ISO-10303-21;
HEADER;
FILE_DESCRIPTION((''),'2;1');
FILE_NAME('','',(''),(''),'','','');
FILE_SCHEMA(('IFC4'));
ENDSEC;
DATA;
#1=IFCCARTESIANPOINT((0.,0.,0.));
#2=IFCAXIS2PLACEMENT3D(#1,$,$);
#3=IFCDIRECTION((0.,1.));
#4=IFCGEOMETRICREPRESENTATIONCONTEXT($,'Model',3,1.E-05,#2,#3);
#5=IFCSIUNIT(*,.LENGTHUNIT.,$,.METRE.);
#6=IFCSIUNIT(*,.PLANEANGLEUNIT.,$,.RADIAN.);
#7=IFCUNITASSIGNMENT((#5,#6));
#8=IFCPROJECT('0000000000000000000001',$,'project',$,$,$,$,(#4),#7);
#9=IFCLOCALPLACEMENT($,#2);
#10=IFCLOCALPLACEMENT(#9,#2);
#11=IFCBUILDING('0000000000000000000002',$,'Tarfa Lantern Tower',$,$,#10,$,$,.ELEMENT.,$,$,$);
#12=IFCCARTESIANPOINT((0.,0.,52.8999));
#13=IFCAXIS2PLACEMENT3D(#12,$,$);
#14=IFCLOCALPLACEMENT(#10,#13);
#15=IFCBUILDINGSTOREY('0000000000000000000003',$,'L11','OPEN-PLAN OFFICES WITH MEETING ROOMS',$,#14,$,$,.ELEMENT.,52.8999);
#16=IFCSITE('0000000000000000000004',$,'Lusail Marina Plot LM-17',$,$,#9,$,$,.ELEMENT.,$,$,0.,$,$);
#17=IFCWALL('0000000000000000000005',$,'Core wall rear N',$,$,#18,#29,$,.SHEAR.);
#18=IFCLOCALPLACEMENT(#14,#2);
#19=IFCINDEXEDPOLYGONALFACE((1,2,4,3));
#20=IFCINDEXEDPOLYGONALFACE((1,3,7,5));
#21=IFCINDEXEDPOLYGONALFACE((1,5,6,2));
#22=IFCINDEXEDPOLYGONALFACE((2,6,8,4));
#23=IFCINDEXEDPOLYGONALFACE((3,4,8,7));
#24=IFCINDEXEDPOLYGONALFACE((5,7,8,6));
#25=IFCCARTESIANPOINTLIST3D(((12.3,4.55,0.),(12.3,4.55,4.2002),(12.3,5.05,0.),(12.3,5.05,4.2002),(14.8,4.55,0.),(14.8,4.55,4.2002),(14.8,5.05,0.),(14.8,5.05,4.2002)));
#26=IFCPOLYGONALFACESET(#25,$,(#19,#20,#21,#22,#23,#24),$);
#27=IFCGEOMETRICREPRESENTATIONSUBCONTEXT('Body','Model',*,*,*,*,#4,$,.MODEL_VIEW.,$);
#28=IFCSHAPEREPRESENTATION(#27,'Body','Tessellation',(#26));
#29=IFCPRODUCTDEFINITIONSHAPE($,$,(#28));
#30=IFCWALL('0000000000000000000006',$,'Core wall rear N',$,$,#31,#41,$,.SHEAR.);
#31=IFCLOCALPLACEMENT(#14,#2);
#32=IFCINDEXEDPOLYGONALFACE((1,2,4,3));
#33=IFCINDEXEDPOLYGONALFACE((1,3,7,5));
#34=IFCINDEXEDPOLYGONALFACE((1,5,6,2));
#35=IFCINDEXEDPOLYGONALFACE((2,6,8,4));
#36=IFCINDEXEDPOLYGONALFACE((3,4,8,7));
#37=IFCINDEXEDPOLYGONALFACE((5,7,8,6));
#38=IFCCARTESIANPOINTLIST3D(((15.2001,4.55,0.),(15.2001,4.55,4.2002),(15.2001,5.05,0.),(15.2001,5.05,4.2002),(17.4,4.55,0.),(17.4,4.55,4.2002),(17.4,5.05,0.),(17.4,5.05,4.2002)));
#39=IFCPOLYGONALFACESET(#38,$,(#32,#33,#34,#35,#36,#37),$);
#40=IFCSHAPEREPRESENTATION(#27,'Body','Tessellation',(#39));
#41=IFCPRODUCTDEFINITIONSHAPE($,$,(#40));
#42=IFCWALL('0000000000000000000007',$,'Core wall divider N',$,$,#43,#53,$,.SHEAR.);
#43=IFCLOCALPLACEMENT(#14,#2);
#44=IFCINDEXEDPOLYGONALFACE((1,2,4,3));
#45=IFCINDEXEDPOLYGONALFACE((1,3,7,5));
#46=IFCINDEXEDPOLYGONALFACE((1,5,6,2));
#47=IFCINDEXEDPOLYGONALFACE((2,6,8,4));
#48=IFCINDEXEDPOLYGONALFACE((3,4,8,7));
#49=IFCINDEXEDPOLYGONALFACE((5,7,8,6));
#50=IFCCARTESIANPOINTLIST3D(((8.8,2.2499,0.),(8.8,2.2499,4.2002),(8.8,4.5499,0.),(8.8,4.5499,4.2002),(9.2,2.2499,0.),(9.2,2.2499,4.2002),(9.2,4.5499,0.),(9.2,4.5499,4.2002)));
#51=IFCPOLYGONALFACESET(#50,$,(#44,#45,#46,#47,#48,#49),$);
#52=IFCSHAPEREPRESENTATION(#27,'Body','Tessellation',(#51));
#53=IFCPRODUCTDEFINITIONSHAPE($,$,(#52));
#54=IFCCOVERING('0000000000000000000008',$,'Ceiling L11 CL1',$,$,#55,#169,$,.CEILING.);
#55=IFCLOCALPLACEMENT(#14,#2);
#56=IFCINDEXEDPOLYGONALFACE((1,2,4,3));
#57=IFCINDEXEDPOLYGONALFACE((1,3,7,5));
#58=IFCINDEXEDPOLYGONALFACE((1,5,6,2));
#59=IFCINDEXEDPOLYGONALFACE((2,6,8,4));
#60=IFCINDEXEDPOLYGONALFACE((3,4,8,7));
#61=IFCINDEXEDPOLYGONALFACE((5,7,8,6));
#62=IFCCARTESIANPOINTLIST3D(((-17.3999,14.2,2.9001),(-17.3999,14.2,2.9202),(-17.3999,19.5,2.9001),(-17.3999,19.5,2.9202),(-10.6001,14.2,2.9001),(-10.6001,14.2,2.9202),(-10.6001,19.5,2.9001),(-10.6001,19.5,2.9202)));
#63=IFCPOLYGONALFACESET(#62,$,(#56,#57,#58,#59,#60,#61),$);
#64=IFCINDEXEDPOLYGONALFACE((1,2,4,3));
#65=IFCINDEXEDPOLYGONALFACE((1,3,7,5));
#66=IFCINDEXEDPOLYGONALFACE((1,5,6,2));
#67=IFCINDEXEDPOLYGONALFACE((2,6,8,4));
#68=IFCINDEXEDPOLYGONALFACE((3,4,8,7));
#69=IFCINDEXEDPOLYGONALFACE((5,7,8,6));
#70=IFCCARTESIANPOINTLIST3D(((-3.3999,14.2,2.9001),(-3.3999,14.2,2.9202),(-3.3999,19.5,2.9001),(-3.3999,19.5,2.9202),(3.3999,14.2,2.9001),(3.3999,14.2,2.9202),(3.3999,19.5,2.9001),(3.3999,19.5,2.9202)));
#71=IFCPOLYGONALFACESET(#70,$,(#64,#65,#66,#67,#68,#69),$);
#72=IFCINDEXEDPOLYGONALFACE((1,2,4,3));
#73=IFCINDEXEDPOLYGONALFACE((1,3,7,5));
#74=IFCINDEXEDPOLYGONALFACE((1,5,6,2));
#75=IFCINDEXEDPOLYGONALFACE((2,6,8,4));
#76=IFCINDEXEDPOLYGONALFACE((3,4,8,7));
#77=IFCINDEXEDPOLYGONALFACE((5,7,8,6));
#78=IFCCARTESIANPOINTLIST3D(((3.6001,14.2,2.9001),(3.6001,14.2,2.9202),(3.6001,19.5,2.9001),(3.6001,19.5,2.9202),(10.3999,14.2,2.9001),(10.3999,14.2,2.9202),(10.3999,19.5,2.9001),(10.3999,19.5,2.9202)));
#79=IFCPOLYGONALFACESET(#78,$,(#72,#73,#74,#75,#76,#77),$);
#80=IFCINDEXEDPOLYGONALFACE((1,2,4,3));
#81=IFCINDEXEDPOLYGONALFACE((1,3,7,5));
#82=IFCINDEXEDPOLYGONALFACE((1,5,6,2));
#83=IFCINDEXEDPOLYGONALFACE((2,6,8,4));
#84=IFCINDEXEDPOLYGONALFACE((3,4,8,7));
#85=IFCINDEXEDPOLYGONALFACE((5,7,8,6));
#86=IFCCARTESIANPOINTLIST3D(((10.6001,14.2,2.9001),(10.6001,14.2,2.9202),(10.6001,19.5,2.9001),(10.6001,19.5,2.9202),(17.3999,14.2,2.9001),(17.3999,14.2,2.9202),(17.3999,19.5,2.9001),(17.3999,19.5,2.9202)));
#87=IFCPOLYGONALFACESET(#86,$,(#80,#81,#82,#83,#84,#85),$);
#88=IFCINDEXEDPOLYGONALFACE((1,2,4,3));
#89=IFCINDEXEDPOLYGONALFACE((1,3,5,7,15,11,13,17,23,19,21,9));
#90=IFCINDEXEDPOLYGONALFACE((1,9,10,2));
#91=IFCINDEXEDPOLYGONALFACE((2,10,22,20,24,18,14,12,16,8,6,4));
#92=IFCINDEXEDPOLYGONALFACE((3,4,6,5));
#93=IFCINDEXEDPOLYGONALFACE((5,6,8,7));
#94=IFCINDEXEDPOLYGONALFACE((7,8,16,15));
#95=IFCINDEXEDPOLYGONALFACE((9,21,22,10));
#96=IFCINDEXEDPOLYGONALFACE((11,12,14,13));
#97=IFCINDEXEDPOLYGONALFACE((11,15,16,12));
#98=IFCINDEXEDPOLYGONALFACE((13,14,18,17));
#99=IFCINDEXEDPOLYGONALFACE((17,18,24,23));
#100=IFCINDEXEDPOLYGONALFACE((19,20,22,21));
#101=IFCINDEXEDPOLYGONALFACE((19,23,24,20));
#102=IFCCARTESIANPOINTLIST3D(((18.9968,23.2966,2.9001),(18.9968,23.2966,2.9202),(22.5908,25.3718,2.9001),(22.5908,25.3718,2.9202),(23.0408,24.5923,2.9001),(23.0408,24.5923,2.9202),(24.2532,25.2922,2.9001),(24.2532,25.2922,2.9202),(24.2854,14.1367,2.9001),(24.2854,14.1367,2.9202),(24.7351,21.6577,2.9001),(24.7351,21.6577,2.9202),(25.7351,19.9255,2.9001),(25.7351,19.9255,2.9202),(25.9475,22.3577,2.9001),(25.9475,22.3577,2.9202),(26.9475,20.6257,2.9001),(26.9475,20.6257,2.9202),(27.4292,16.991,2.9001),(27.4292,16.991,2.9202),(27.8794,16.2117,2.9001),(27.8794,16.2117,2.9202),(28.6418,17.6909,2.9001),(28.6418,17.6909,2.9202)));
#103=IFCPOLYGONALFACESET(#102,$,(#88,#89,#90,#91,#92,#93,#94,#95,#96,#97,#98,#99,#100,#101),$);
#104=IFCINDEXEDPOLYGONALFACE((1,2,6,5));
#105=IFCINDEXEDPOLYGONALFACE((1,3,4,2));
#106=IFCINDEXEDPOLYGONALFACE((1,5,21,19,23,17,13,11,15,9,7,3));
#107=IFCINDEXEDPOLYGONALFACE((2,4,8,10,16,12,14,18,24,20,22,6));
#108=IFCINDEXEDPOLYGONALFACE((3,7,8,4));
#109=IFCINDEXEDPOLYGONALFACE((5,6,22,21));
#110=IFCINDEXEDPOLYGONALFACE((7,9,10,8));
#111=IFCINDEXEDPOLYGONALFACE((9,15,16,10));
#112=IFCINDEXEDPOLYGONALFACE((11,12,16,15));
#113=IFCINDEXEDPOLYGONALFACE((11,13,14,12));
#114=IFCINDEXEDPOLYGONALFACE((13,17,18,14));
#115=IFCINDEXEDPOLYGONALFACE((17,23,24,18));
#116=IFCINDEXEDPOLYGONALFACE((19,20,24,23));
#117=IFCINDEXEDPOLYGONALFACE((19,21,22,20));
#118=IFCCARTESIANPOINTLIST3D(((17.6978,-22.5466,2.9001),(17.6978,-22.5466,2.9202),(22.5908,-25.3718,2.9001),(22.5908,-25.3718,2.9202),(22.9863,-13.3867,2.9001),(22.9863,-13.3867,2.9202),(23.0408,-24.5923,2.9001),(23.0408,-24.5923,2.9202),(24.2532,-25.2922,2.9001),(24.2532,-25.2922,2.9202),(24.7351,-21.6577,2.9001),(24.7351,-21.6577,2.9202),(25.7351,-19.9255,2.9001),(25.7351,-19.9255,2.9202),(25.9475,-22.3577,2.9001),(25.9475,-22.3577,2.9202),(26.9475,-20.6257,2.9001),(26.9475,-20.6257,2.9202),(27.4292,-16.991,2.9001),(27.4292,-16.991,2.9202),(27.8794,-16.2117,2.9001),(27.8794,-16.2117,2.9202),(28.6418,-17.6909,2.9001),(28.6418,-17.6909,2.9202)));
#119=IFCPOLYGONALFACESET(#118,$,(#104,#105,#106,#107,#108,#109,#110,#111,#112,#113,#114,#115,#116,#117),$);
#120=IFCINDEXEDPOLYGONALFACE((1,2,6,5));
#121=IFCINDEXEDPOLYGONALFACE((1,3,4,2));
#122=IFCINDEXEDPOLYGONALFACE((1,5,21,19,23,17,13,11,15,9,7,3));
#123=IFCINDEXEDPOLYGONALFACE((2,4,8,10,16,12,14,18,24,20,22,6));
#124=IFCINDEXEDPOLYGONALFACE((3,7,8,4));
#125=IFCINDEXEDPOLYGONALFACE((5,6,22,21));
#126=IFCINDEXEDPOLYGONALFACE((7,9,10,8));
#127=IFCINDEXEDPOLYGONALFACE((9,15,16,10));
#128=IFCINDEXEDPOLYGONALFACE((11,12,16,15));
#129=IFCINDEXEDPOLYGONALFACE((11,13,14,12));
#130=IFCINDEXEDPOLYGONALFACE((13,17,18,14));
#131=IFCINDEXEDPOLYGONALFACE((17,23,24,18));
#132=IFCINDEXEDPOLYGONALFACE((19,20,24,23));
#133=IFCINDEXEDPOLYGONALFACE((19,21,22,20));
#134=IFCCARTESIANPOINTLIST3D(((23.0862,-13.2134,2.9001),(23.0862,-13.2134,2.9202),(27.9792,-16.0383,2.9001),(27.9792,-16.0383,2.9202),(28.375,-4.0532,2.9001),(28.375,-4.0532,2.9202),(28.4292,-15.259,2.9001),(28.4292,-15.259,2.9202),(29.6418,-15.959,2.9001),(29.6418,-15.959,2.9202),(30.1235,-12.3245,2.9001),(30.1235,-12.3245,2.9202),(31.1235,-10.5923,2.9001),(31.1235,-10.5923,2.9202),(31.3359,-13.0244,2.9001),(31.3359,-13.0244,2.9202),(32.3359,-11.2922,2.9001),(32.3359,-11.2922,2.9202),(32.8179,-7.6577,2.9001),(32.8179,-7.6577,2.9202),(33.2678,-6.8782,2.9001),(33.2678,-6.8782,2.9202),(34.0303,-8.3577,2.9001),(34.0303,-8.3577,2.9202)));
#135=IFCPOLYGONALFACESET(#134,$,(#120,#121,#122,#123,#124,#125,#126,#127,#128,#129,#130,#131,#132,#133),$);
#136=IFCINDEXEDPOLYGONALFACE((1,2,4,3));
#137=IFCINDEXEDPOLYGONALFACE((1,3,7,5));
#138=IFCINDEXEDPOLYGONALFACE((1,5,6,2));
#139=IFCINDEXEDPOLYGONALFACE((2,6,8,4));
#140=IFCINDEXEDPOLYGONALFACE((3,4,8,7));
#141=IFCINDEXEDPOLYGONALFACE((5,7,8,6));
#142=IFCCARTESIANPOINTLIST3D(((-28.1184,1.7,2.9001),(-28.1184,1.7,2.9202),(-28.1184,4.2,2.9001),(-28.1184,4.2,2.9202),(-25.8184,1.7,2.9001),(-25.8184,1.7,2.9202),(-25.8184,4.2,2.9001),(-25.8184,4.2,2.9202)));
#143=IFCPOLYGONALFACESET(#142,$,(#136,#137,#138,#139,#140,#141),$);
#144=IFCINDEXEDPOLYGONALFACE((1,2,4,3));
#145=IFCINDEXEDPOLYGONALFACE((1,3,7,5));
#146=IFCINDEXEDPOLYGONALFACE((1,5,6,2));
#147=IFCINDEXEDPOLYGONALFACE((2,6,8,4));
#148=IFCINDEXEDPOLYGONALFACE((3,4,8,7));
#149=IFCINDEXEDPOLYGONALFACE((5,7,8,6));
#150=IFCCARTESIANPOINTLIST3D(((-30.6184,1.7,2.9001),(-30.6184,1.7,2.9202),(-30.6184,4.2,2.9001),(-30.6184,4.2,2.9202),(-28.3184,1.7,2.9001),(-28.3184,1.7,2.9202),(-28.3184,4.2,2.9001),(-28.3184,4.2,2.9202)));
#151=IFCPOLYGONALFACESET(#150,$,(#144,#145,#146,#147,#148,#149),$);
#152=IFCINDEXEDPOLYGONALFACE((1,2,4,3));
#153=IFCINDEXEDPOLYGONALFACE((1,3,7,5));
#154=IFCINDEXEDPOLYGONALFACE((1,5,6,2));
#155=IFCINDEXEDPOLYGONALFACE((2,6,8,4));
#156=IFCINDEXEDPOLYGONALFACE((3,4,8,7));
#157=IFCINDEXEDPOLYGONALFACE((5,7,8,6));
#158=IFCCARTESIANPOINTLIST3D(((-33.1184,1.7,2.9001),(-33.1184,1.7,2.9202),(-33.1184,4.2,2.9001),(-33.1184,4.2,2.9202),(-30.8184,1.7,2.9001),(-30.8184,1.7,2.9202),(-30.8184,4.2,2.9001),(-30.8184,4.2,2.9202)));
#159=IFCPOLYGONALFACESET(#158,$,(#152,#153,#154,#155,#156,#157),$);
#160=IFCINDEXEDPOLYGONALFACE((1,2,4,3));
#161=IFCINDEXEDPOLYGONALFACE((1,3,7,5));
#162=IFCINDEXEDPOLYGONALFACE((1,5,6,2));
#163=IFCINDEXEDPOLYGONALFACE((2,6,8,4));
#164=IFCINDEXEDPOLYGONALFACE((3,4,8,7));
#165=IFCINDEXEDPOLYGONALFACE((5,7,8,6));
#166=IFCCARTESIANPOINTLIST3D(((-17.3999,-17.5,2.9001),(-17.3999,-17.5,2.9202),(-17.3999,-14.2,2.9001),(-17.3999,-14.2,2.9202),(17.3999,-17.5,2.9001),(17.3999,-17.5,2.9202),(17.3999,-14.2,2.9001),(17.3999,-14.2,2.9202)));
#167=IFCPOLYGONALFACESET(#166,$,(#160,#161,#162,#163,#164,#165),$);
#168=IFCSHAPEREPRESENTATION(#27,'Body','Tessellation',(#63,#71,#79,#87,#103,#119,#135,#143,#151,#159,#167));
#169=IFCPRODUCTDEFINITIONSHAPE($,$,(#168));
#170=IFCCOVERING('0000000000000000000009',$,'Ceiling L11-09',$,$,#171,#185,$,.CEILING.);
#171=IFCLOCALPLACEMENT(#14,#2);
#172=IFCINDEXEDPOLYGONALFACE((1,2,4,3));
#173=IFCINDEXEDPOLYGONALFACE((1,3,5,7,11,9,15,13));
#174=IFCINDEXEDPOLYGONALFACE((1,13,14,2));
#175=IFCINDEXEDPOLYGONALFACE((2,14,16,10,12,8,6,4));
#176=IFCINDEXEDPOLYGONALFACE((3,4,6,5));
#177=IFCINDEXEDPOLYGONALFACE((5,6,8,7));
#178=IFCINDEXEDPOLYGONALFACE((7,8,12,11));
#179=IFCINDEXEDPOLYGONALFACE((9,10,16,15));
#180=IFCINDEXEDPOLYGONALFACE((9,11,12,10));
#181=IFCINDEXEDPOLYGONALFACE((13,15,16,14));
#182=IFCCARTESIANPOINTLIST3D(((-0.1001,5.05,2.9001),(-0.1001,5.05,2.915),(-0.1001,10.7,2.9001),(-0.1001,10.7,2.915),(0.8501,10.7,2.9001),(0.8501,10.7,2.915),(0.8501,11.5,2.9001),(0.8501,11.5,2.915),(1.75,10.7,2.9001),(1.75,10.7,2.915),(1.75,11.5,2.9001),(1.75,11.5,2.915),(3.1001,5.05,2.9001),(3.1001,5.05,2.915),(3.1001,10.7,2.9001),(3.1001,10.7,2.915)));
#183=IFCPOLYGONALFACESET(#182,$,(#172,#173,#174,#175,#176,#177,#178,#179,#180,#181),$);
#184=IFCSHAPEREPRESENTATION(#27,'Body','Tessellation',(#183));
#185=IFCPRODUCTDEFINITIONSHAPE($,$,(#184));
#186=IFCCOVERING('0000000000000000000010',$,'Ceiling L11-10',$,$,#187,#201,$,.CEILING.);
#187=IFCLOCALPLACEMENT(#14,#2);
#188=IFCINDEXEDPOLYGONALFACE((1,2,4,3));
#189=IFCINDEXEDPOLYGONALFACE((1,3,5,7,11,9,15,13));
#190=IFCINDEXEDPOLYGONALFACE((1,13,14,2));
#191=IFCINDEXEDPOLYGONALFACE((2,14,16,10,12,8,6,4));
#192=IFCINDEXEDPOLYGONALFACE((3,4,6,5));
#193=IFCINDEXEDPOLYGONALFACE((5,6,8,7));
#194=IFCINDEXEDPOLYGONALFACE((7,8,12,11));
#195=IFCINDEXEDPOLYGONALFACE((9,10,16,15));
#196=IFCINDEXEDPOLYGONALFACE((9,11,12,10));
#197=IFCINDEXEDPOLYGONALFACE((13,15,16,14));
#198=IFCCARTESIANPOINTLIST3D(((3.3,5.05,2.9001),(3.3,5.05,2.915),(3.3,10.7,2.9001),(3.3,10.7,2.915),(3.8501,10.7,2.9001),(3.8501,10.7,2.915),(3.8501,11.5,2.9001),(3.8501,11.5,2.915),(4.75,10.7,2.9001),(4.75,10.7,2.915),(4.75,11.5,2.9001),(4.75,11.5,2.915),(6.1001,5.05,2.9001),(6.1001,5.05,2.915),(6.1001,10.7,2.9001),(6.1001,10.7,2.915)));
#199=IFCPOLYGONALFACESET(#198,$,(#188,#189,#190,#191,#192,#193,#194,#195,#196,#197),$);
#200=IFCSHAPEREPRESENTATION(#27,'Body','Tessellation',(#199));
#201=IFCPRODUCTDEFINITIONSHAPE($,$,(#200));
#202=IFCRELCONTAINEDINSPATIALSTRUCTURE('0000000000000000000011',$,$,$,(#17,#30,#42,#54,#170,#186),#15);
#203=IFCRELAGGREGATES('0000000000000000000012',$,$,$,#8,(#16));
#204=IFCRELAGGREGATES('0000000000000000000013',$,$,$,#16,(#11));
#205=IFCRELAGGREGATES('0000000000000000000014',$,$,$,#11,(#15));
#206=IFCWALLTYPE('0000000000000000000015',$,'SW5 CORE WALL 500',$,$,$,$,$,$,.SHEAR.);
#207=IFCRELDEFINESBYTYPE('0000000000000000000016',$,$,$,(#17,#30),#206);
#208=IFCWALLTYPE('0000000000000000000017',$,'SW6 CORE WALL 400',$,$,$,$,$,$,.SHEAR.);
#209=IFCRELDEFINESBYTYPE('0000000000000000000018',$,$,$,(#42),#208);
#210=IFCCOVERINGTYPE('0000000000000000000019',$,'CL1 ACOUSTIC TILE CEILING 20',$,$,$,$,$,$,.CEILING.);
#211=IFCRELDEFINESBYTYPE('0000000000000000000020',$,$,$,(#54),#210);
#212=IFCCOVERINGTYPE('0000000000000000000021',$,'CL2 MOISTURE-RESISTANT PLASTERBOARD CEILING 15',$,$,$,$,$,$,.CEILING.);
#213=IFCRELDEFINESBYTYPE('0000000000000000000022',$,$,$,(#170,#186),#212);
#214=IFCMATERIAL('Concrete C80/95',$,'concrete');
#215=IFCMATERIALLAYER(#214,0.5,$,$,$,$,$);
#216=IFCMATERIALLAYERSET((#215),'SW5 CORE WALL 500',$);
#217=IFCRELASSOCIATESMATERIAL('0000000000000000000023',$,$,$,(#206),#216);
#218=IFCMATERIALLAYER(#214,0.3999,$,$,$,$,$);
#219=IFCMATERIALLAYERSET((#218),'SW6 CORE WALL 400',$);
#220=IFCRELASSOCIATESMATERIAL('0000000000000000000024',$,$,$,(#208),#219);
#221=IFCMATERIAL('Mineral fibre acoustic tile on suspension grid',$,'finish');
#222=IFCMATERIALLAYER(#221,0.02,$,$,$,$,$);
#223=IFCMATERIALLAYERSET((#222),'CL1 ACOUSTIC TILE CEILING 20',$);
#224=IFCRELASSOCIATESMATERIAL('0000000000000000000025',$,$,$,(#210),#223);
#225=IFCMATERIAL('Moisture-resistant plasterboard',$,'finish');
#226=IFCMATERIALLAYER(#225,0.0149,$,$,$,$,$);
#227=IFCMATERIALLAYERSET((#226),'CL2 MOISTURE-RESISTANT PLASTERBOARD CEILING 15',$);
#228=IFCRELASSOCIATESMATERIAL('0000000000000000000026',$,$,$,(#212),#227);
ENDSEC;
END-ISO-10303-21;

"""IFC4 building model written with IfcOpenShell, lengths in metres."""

from ifc_helpers import new_model, si_unit, direction, frame, frame_2d, origin, place, context, subcontext, project, spatial, polyline, rectangle, outline, extrude, material, layer, layer_set, type_object, element, save


model = new_model("IFC4")

# Units and contexts
model_context = context("Model", 3, precision=1e-05, world=origin(), true_north=direction((0.0, 1.0)))
body_context = subcontext(model_context, "Body", "Model", "MODEL_VIEW")
ifc_project = project(units=[si_unit("LENGTHUNIT", "METRE"), si_unit("PLANEANGLEUNIT", "RADIAN")], contexts=[model_context])

# Site, building, storey
site_placement = place(None, origin())
site = spatial("IfcSite", under=ifc_project, at=site_placement, Name="Lusail Marina Plot LM-17", CompositionType="ELEMENT", RefElevation=0.0)
building_placement = place(site_placement, origin())
building = spatial("IfcBuilding", under=site, at=building_placement, Name="Tarfa Lantern Tower", CompositionType="ELEMENT")
storey_placement = place(building_placement, frame((0.0, 0.0, 52.8999)))
storey = spatial("IfcBuildingStorey", under=building, at=storey_placement, Name="L11", Description="OPEN-PLAN OFFICES WITH MEETING ROOMS", CompositionType="ELEMENT", Elevation=52.8999)

# Walls
ifc_material_1 = material(Name="Concrete C80/95", Category="concrete")
ifc_layer_1 = layer(ifc_material_1, 0.5)
ifc_layer_set_1 = layer_set([ifc_layer_1], Name="SW5 CORE WALL 500")
wall_type_1 = type_object("IfcWallType", Name="SW5 CORE WALL 500", PredefinedType="SHEAR", material=ifc_layer_set_1)
wall_1_placement = place(storey_placement, frame((12.3, 4.8, 0.0), z_axis=(0.0, 0.0, 1.0), x_axis=(1.0, 0.0, 0.0)))
element("IfcWall", 1, at=wall_1_placement, inside=storey, type_object=wall_type_1, Name="Core wall rear N", PredefinedType="SHEAR", context=body_context, shape_type="SweptSolid", body=[
    extrude(rectangle(XDim=2.5, YDim=0.5, at=frame_2d((1.25, 0.0))), origin(), (0.0, 0.0, 1.0), 4.2002),
])
wall_2_placement = place(storey_placement, frame((15.2, 4.8, 0.0), z_axis=(0.0, 0.0, 1.0), x_axis=(1.0, 0.0, 0.0)))
element("IfcWall", 2, at=wall_2_placement, inside=storey, type_object=wall_type_1, Name="Core wall rear N", PredefinedType="SHEAR", context=body_context, shape_type="SweptSolid", body=[
    extrude(rectangle(XDim=2.2, YDim=0.5, at=frame_2d((1.1001, 0.0))), origin(), (0.0, 0.0, 1.0), 4.2002),
])
ifc_layer_2 = layer(ifc_material_1, 0.3999)
ifc_layer_set_2 = layer_set([ifc_layer_2], Name="SW6 CORE WALL 400")
wall_type_2 = type_object("IfcWallType", Name="SW6 CORE WALL 400", PredefinedType="SHEAR", material=ifc_layer_set_2)
wall_3_placement = place(storey_placement, frame((9.0, 2.25, 0.0), z_axis=(0.0, 0.0, 1.0), x_axis=(0.0, 1.0, 0.0)))
element("IfcWall", 3, at=wall_3_placement, inside=storey, type_object=wall_type_2, Name="Core wall divider N", PredefinedType="SHEAR", context=body_context, shape_type="SweptSolid", body=[
    extrude(rectangle(XDim=2.3, YDim=0.3999, at=frame_2d((1.1499, 0.0))), origin(), (0.0, 0.0, 1.0), 4.2002),
])

# Coverings
ifc_material_2 = material(Name="Mineral fibre acoustic tile on suspension grid", Category="finish")
ifc_layer_3 = layer(ifc_material_2, 0.02)
ifc_layer_set_3 = layer_set([ifc_layer_3], Name="CL1 ACOUSTIC TILE CEILING 20")
covering_type_1 = type_object("IfcCoveringType", Name="CL1 ACOUSTIC TILE CEILING 20", PredefinedType="CEILING", material=ifc_layer_set_3)
covering_1_placement = place(storey_placement, frame((0.0, 0.0, 2.9001)))
element("IfcCovering", 4, at=covering_1_placement, inside=storey, type_object=covering_type_1, Name="Ceiling L11 CL1", PredefinedType="CEILING", context=body_context, shape_type="SweptSolid", body=[
    extrude(outline(polyline([(-17.3999, 19.5), (-10.6001, 19.5), (-10.6001, 14.2), (-17.3999, 14.2), (-17.3999, 19.5)])), origin(), (0.0, 0.0, 1.0), 0.02),
    extrude(outline(polyline([(-3.3999, 19.5), (3.3999, 19.5), (3.3999, 14.2), (-3.3999, 14.2), (-3.3999, 19.5)])), origin(), (0.0, 0.0, 1.0), 0.02),
    extrude(outline(polyline([(3.6001, 19.5), (10.3999, 19.5), (10.3999, 14.2), (3.6001, 14.2), (3.6001, 19.5)])), origin(), (0.0, 0.0, 1.0), 0.02),
    extrude(outline(polyline([(10.6001, 19.5), (17.3999, 19.5), (17.3999, 14.2), (10.6001, 14.2), (10.6001, 19.5)])), origin(), (0.0, 0.0, 1.0), 0.02),
    extrude(outline(polyline([(18.9968, 23.2966), (22.5908, 25.3718), (23.0408, 24.5923), (24.2532, 25.2922), (25.9475, 22.3577), (24.7351, 21.6577), (25.7351, 19.9255), (26.9475, 20.6257), (28.6418, 17.6909), (27.4292, 16.991), (27.8794, 16.2117), (24.2854, 14.1367), (18.9968, 23.2966)])), origin(), (0.0, 0.0, 1.0), 0.02),
    extrude(outline(polyline([(22.9863, -13.3867), (27.8794, -16.2117), (27.4292, -16.991), (28.6418, -17.6909), (26.9475, -20.6257), (25.7351, -19.9255), (24.7351, -21.6577), (25.9475, -22.3577), (24.2532, -25.2922), (23.0408, -24.5923), (22.5908, -25.3718), (17.6978, -22.5466), (22.9863, -13.3867)])), origin(), (0.0, 0.0, 1.0), 0.02),
    extrude(outline(polyline([(28.375, -4.0532), (33.2678, -6.8782), (32.8179, -7.6577), (34.0303, -8.3577), (32.3359, -11.2922), (31.1235, -10.5923), (30.1235, -12.3245), (31.3359, -13.0244), (29.6418, -15.959), (28.4292, -15.259), (27.9792, -16.0383), (23.0862, -13.2134), (28.375, -4.0532)])), origin(), (0.0, 0.0, 1.0), 0.02),
    extrude(outline(polyline([(-28.1184, 4.2), (-25.8184, 4.2), (-25.8184, 1.7), (-28.1184, 1.7), (-28.1184, 4.2)])), origin(), (0.0, 0.0, 1.0), 0.02),
    extrude(outline(polyline([(-30.6184, 4.2), (-28.3184, 4.2), (-28.3184, 1.7), (-30.6184, 1.7), (-30.6184, 4.2)])), origin(), (0.0, 0.0, 1.0), 0.02),
    extrude(outline(polyline([(-33.1184, 4.2), (-30.8184, 4.2), (-30.8184, 1.7), (-33.1184, 1.7), (-33.1184, 4.2)])), origin(), (0.0, 0.0, 1.0), 0.02),
    extrude(outline(polyline([(-17.3999, -14.2), (17.3999, -14.2), (17.3999, -17.5), (-17.3999, -17.5), (-17.3999, -14.2)])), origin(), (0.0, 0.0, 1.0), 0.02),
])
ifc_material_3 = material(Name="Moisture-resistant plasterboard", Category="finish")
ifc_layer_4 = layer(ifc_material_3, 0.0149)
ifc_layer_set_4 = layer_set([ifc_layer_4], Name="CL2 MOISTURE-RESISTANT PLASTERBOARD CEILING 15")
covering_type_2 = type_object("IfcCoveringType", Name="CL2 MOISTURE-RESISTANT PLASTERBOARD CEILING 15", PredefinedType="CEILING", material=ifc_layer_set_4)
covering_2_placement = place(storey_placement, frame((0.0, 0.0, 2.9001)))
element("IfcCovering", 5, at=covering_2_placement, inside=storey, type_object=covering_type_2, Name="Ceiling L11-09", PredefinedType="CEILING", context=body_context, shape_type="SweptSolid", body=[
    extrude(outline(polyline([(0.8501, 10.7), (-0.1001, 10.7), (-0.1001, 5.05), (3.1001, 5.05), (3.1001, 10.7), (1.75, 10.7), (1.75, 11.5), (0.8501, 11.5), (0.8501, 10.7)])), origin(), (0.0, 0.0, 1.0), 0.0149),
])
covering_3_placement = place(storey_placement, frame((0.0, 0.0, 2.9001)))
element("IfcCovering", 6, at=covering_3_placement, inside=storey, type_object=covering_type_2, Name="Ceiling L11-10", PredefinedType="CEILING", context=body_context, shape_type="SweptSolid", body=[
    extrude(outline(polyline([(3.3, 5.05), (6.1001, 5.05), (6.1001, 10.7), (4.75, 10.7), (4.75, 11.5), (3.8501, 11.5), (3.8501, 10.7), (3.3, 10.7), (3.3, 5.05)])), origin(), (0.0, 0.0, 1.0), 0.0149),
])

save(model, "model.ifc")
